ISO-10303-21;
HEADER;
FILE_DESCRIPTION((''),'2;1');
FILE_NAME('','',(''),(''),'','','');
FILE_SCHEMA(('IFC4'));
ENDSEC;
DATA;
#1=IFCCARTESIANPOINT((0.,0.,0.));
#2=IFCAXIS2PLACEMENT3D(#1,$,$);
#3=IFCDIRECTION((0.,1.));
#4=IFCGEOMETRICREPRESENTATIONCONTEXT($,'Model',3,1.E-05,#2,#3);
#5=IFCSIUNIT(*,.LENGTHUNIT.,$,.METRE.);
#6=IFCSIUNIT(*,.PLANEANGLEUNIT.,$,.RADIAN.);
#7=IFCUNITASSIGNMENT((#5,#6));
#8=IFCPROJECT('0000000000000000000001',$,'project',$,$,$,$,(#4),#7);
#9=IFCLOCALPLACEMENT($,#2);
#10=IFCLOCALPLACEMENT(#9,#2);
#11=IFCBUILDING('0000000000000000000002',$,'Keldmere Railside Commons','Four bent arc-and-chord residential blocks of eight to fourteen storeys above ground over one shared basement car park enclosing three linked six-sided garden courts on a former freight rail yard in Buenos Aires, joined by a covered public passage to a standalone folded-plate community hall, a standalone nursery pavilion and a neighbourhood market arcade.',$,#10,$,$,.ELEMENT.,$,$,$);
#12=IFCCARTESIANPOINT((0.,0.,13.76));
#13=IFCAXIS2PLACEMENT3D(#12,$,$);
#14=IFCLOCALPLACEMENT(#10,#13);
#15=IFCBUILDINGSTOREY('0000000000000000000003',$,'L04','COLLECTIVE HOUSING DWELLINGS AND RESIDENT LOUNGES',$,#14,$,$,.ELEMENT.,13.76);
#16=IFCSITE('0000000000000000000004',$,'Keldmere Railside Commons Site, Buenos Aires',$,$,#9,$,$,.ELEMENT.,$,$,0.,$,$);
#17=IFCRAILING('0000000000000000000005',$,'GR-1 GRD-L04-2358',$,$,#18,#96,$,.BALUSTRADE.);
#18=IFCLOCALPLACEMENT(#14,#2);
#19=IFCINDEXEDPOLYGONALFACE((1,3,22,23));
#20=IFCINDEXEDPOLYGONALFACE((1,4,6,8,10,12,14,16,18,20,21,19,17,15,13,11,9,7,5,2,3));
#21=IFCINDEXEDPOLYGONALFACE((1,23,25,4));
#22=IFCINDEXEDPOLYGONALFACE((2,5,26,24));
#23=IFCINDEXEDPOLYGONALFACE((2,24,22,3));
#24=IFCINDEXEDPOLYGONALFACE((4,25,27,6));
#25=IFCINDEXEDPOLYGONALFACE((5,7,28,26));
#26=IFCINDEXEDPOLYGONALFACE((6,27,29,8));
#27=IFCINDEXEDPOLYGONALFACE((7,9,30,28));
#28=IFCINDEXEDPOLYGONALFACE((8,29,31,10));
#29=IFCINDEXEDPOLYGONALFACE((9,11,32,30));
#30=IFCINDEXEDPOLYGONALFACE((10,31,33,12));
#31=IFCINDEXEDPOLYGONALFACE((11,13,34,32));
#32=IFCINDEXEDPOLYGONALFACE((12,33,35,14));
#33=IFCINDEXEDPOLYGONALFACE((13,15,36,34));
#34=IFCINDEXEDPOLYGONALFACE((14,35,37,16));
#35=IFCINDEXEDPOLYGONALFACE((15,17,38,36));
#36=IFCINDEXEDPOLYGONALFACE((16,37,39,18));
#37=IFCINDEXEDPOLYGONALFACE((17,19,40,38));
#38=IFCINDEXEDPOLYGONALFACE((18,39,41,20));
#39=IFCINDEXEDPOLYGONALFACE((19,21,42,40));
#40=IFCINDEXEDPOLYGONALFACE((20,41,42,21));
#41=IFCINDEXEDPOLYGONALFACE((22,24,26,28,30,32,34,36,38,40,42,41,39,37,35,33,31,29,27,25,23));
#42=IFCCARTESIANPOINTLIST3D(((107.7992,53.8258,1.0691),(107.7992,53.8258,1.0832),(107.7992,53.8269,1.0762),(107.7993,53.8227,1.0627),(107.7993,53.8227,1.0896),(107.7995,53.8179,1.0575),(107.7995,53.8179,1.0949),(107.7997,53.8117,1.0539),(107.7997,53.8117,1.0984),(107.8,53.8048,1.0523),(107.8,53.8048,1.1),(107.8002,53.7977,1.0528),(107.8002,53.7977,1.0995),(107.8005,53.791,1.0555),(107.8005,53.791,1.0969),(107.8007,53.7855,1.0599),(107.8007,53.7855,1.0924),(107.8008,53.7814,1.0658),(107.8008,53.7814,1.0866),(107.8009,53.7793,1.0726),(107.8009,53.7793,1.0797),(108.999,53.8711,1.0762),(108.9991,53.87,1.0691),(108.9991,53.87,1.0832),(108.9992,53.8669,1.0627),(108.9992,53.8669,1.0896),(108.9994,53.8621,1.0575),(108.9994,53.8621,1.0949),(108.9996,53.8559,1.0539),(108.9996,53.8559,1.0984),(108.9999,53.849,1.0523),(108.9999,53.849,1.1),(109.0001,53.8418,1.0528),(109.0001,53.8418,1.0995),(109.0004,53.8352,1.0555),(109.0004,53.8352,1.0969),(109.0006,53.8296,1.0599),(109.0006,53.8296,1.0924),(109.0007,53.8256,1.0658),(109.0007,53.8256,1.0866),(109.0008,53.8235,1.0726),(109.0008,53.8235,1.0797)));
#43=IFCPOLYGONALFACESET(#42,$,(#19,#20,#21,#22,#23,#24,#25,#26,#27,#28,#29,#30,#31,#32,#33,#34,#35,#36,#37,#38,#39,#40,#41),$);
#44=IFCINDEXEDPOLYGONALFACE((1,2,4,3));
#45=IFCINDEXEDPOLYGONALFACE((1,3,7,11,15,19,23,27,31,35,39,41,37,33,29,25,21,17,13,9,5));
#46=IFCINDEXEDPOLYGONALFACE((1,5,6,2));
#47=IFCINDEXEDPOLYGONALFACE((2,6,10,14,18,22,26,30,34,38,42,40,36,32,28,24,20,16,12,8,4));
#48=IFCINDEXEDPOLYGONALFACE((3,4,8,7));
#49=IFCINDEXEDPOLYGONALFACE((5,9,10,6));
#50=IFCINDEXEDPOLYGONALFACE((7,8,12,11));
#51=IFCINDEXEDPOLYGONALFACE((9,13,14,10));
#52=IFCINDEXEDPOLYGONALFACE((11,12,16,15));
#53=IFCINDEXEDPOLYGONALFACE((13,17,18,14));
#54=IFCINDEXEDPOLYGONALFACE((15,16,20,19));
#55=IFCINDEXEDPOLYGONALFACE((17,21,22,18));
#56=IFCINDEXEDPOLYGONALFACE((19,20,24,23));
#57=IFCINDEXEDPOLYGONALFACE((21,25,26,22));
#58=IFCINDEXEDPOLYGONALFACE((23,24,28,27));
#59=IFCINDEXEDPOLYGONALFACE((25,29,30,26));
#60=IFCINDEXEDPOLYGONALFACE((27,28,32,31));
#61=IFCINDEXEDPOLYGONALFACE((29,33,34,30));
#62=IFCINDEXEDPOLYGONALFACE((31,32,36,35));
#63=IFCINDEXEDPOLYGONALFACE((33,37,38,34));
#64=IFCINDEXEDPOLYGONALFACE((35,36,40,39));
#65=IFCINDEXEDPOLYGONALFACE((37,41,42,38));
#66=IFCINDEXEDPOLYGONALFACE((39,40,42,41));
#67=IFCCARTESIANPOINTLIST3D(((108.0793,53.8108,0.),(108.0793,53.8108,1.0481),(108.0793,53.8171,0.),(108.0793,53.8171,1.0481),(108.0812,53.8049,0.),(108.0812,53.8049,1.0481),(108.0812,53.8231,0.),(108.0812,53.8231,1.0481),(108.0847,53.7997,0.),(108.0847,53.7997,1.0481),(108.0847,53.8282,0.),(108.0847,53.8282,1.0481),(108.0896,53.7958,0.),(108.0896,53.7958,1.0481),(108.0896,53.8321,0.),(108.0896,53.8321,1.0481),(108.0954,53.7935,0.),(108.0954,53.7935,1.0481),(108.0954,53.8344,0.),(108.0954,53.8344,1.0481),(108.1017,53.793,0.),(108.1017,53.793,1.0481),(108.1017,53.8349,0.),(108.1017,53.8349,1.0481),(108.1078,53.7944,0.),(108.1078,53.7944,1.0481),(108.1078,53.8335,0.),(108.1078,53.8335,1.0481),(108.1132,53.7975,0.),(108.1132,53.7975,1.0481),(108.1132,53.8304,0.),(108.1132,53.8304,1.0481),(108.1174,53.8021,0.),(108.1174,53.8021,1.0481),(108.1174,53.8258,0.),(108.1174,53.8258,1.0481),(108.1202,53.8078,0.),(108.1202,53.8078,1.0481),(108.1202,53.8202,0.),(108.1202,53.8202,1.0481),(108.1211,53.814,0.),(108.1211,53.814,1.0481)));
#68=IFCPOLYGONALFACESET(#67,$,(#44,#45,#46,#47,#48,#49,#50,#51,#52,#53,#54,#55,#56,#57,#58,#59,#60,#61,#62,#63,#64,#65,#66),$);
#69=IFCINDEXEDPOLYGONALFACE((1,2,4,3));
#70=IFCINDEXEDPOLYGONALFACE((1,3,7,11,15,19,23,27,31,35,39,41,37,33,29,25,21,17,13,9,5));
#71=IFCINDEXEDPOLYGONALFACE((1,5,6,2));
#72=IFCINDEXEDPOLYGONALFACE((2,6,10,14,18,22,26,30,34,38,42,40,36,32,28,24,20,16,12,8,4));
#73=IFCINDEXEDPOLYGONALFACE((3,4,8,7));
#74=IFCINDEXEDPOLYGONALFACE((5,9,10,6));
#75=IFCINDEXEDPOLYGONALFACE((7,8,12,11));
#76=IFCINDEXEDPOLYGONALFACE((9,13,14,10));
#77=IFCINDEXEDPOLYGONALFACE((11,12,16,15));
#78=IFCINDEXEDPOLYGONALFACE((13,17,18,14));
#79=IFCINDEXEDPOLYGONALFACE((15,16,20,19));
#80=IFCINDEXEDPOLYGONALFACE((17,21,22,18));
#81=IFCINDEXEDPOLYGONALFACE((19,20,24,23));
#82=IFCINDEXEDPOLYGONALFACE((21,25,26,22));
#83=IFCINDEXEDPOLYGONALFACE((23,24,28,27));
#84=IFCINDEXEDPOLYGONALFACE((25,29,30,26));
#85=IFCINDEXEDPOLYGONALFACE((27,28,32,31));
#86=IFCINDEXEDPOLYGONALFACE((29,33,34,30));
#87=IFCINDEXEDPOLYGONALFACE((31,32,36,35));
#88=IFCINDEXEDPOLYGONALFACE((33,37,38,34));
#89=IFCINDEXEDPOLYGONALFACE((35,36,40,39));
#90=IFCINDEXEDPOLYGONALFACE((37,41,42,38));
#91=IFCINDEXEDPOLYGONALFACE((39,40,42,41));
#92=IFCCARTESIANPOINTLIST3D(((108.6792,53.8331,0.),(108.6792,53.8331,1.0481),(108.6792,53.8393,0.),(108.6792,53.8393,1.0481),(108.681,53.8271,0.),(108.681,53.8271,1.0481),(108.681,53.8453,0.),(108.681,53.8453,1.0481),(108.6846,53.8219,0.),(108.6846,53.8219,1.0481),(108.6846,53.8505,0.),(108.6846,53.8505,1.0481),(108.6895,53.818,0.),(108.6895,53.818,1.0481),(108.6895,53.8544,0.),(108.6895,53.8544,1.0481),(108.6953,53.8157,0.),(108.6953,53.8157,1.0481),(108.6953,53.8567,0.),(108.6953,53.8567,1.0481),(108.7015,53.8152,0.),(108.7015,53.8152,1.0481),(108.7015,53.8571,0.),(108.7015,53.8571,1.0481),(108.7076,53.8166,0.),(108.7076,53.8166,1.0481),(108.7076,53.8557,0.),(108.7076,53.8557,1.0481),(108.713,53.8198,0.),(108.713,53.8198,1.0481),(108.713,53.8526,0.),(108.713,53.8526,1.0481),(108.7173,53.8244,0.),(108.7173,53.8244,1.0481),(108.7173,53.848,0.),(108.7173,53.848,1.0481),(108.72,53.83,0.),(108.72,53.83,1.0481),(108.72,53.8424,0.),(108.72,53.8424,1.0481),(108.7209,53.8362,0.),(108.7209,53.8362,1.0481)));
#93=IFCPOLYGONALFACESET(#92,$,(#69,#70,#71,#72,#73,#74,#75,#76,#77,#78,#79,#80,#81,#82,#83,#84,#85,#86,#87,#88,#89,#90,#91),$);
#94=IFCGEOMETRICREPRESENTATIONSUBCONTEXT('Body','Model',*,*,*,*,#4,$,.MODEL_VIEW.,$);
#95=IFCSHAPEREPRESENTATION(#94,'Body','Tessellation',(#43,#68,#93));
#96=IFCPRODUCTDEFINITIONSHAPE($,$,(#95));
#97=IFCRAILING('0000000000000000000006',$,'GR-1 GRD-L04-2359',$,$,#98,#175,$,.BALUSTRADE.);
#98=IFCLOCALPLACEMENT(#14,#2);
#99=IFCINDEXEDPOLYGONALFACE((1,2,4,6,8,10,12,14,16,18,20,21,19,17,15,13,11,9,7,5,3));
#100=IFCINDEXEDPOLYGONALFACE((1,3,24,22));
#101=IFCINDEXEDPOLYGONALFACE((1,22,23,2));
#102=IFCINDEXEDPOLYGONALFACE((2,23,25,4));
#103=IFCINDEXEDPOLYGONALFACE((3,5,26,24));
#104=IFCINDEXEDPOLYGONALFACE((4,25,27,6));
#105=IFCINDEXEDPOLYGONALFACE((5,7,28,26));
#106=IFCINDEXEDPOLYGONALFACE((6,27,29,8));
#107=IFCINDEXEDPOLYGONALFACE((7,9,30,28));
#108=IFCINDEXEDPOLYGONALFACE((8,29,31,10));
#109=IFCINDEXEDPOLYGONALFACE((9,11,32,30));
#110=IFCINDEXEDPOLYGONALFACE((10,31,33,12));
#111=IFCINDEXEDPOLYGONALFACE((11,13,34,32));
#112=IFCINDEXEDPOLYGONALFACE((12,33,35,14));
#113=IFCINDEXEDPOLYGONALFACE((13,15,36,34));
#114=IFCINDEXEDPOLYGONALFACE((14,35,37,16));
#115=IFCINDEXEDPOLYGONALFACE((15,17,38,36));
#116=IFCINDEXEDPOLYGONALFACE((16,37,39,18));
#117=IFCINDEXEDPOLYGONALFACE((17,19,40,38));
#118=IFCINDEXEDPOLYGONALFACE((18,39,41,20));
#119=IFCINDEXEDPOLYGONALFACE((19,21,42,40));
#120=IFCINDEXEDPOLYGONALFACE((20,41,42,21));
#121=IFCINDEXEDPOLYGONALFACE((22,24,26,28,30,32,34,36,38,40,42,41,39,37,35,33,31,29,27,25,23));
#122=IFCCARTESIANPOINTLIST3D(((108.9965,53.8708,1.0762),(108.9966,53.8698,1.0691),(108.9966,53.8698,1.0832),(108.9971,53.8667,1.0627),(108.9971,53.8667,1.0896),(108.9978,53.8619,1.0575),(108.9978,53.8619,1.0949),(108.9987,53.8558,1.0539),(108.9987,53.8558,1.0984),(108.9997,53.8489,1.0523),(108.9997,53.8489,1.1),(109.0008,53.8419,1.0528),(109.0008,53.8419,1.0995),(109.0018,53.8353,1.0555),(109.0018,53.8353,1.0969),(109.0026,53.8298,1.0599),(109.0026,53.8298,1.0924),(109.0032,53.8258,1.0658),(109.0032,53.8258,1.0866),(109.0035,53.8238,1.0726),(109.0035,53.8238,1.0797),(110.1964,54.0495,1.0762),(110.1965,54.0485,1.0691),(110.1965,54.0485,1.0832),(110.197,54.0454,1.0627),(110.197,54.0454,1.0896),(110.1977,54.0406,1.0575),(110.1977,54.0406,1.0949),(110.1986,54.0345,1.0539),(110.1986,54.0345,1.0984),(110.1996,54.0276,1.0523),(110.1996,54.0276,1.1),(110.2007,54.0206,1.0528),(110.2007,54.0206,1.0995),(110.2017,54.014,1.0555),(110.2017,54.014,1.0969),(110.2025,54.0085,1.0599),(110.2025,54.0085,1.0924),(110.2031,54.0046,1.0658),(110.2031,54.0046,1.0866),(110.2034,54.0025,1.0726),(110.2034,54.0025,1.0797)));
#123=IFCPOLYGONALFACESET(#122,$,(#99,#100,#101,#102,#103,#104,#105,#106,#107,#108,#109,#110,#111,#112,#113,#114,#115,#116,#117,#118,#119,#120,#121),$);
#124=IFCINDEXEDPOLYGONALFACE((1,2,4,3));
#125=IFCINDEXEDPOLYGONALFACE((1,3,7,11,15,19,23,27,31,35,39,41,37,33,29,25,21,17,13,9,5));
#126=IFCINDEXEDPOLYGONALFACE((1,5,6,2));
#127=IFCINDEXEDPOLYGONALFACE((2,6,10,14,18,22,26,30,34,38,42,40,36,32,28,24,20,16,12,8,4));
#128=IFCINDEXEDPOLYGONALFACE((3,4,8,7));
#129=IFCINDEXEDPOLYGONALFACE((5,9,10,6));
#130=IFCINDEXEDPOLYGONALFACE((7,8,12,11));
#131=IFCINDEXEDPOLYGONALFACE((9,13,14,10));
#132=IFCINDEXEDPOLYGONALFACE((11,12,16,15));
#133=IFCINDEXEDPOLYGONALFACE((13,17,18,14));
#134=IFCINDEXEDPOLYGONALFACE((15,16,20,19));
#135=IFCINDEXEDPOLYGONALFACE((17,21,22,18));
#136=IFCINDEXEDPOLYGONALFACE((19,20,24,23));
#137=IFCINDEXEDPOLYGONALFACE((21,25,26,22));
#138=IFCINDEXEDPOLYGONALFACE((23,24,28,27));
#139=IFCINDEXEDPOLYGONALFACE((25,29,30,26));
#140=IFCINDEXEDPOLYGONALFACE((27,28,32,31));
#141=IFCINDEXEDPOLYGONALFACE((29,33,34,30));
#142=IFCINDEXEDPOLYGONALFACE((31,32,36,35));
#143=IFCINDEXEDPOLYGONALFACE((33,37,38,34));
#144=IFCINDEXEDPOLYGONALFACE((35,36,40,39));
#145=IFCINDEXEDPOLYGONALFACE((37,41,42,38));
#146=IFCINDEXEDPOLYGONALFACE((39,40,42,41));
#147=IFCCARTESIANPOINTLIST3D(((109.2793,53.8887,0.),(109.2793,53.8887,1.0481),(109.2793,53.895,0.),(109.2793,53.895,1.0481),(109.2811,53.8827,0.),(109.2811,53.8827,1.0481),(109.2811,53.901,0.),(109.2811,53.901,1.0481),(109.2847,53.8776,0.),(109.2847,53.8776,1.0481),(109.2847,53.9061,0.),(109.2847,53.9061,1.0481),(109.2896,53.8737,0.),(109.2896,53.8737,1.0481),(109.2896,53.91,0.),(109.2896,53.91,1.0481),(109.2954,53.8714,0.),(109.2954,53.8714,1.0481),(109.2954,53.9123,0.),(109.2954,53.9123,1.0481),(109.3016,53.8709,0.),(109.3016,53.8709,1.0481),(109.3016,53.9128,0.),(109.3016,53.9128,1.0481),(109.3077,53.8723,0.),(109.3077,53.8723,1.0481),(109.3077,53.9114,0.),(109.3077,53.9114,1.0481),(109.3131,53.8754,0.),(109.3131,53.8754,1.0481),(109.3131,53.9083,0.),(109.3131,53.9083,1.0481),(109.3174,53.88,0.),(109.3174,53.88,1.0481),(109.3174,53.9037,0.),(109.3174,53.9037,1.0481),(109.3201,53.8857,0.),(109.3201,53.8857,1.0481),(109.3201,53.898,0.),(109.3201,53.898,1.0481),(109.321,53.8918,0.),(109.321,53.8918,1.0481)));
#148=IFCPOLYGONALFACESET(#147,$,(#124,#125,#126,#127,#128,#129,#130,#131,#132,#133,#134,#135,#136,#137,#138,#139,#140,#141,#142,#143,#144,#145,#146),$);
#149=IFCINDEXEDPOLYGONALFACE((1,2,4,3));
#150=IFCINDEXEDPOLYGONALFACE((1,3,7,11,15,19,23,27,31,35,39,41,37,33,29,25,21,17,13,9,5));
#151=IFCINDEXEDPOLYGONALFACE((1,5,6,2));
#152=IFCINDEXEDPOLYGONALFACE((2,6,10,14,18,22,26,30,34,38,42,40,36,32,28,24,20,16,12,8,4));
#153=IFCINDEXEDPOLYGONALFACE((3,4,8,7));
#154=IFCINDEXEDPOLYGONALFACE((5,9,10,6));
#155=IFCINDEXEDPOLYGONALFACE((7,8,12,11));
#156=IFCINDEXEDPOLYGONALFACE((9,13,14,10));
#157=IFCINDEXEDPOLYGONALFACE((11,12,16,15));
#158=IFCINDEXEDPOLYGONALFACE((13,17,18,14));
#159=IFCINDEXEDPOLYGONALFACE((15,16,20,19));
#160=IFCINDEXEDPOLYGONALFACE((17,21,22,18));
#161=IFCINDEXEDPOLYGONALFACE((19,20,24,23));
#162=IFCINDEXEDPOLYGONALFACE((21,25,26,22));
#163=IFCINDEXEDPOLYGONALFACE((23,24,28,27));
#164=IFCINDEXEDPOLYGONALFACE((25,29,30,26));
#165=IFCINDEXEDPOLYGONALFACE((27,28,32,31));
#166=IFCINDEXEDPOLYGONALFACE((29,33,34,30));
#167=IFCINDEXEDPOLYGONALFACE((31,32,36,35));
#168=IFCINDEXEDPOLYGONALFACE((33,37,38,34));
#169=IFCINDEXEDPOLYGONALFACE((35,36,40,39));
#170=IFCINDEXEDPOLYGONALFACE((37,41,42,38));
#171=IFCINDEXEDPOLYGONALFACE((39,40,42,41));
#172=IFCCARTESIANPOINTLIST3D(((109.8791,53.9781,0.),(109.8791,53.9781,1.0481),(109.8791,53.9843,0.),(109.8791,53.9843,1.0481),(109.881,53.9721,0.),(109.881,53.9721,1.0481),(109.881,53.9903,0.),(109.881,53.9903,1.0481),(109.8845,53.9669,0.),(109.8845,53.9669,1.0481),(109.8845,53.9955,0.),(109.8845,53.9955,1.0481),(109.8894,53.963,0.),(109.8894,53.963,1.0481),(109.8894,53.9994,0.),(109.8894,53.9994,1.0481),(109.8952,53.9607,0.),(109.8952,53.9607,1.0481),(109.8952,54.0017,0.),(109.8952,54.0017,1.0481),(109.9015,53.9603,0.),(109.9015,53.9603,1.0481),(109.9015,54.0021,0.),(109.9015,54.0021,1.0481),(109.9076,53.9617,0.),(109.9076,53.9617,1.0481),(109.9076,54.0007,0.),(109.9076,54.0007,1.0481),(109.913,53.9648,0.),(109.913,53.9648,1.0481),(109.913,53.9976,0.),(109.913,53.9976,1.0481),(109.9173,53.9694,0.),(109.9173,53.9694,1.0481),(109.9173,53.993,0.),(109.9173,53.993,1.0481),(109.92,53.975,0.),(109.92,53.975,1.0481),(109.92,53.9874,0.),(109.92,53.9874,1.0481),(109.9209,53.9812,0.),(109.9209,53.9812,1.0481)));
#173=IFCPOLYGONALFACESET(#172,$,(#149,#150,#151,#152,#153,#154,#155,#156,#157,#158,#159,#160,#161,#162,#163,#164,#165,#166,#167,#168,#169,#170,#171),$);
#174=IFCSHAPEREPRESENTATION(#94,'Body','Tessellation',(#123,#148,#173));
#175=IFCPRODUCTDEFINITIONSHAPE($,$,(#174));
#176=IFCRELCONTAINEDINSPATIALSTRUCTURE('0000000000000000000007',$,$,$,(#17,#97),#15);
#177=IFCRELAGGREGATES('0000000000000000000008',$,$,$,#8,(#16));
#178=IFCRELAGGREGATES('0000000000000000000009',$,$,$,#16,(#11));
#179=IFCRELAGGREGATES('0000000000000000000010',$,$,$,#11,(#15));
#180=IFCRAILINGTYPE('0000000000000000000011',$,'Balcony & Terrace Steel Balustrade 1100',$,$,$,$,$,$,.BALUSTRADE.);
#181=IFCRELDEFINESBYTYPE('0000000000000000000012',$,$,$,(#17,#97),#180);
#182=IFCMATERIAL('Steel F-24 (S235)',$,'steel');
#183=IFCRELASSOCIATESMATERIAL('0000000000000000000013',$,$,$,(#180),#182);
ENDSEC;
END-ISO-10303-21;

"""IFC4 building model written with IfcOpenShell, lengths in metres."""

from ifc_helpers import new_model, si_unit, direction, frame, origin, origin_2d, place, context, subcontext, project, spatial, circle, extrude, material, type_object, element, save


model = new_model("IFC4")

# Units and contexts
model_context = context("Model", 3, precision=1e-05, world=origin(), true_north=direction((0.0, 1.0)))
body_context = subcontext(model_context, "Body", "Model", "MODEL_VIEW")
ifc_project = project(units=[si_unit("LENGTHUNIT", "METRE"), si_unit("PLANEANGLEUNIT", "RADIAN")], contexts=[model_context])

# Site, building, storey
site_placement = place(None, origin())
site = spatial("IfcSite", under=ifc_project, at=site_placement, Name="Keldmere Railside Commons Site, Buenos Aires", CompositionType="ELEMENT", RefElevation=0.0)
building_placement = place(site_placement, origin())
building = spatial("IfcBuilding", under=site, at=building_placement, Name="Keldmere Railside Commons", Description="Four bent arc-and-chord residential blocks of eight to fourteen storeys above ground over one shared basement car park enclosing three linked six-sided garden courts on a former freight rail yard in Buenos Aires, joined by a covered public passage to a standalone folded-plate community hall, a standalone nursery pavilion and a neighbourhood market arcade.", CompositionType="ELEMENT")
storey_placement = place(building_placement, frame((0.0, 0.0, 13.76)))
storey = spatial("IfcBuildingStorey", under=building, at=storey_placement, Name="L04", Description="COLLECTIVE HOUSING DWELLINGS AND RESIDENT LOUNGES", CompositionType="ELEMENT", Elevation=13.76)

# Railings
ifc_material_1 = material(Name="Steel F-24 (S235)", Category="steel")
railing_type = type_object("IfcRailingType", Name="Balcony & Terrace Steel Balustrade 1100", PredefinedType="BALUSTRADE", material=ifc_material_1)
railing_1_placement = place(storey_placement, frame((107.8, 53.803, 0.0)))
element("IfcRailing", 1, at=railing_1_placement, inside=storey, type_object=railing_type, Name="GR-1 GRD-L04-2358", PredefinedType="BALUSTRADE", context=body_context, shape_type="SweptSolid", body=[
    extrude(circle(Radius=0.0239, at=origin_2d()), frame((0.0, 0.0, 1.0762), z_axis=(0.999323, 0.036801, 0.0), x_axis=(-0.036801, 0.999323, 0.0)), (0.0, 0.0, 1.0), 1.2007),
    extrude(circle(Radius=0.021, at=origin_2d()), frame((0.3, 0.011, 0.0)), (0.0, 0.0, 1.0), 1.0481),
    extrude(circle(Radius=0.021, at=origin_2d()), frame((0.8999, 0.0332, 0.0)), (0.0, 0.0, 1.0), 1.0481),
])
railing_2_placement = place(storey_placement, frame((109.0, 53.8472, 0.0)))
element("IfcRailing", 2, at=railing_2_placement, inside=storey, type_object=railing_type, Name="GR-1 GRD-L04-2359", PredefinedType="BALUSTRADE", context=body_context, shape_type="SweptSolid", body=[
    extrude(circle(Radius=0.0239, at=origin_2d()), frame((0.0, 0.0, 1.0762), z_axis=(0.989091, 0.147307, 0.0), x_axis=(-0.147307, 0.989091, 0.0)), (0.0, 0.0, 1.0), 1.2131),
    extrude(circle(Radius=0.021, at=origin_2d()), frame((0.3, 0.0447, 0.0)), (0.0, 0.0, 1.0), 1.0481),
    extrude(circle(Radius=0.021, at=origin_2d()), frame((0.8999, 0.134, 0.0)), (0.0, 0.0, 1.0), 1.0481),
])

save(model, "model.ifc")
